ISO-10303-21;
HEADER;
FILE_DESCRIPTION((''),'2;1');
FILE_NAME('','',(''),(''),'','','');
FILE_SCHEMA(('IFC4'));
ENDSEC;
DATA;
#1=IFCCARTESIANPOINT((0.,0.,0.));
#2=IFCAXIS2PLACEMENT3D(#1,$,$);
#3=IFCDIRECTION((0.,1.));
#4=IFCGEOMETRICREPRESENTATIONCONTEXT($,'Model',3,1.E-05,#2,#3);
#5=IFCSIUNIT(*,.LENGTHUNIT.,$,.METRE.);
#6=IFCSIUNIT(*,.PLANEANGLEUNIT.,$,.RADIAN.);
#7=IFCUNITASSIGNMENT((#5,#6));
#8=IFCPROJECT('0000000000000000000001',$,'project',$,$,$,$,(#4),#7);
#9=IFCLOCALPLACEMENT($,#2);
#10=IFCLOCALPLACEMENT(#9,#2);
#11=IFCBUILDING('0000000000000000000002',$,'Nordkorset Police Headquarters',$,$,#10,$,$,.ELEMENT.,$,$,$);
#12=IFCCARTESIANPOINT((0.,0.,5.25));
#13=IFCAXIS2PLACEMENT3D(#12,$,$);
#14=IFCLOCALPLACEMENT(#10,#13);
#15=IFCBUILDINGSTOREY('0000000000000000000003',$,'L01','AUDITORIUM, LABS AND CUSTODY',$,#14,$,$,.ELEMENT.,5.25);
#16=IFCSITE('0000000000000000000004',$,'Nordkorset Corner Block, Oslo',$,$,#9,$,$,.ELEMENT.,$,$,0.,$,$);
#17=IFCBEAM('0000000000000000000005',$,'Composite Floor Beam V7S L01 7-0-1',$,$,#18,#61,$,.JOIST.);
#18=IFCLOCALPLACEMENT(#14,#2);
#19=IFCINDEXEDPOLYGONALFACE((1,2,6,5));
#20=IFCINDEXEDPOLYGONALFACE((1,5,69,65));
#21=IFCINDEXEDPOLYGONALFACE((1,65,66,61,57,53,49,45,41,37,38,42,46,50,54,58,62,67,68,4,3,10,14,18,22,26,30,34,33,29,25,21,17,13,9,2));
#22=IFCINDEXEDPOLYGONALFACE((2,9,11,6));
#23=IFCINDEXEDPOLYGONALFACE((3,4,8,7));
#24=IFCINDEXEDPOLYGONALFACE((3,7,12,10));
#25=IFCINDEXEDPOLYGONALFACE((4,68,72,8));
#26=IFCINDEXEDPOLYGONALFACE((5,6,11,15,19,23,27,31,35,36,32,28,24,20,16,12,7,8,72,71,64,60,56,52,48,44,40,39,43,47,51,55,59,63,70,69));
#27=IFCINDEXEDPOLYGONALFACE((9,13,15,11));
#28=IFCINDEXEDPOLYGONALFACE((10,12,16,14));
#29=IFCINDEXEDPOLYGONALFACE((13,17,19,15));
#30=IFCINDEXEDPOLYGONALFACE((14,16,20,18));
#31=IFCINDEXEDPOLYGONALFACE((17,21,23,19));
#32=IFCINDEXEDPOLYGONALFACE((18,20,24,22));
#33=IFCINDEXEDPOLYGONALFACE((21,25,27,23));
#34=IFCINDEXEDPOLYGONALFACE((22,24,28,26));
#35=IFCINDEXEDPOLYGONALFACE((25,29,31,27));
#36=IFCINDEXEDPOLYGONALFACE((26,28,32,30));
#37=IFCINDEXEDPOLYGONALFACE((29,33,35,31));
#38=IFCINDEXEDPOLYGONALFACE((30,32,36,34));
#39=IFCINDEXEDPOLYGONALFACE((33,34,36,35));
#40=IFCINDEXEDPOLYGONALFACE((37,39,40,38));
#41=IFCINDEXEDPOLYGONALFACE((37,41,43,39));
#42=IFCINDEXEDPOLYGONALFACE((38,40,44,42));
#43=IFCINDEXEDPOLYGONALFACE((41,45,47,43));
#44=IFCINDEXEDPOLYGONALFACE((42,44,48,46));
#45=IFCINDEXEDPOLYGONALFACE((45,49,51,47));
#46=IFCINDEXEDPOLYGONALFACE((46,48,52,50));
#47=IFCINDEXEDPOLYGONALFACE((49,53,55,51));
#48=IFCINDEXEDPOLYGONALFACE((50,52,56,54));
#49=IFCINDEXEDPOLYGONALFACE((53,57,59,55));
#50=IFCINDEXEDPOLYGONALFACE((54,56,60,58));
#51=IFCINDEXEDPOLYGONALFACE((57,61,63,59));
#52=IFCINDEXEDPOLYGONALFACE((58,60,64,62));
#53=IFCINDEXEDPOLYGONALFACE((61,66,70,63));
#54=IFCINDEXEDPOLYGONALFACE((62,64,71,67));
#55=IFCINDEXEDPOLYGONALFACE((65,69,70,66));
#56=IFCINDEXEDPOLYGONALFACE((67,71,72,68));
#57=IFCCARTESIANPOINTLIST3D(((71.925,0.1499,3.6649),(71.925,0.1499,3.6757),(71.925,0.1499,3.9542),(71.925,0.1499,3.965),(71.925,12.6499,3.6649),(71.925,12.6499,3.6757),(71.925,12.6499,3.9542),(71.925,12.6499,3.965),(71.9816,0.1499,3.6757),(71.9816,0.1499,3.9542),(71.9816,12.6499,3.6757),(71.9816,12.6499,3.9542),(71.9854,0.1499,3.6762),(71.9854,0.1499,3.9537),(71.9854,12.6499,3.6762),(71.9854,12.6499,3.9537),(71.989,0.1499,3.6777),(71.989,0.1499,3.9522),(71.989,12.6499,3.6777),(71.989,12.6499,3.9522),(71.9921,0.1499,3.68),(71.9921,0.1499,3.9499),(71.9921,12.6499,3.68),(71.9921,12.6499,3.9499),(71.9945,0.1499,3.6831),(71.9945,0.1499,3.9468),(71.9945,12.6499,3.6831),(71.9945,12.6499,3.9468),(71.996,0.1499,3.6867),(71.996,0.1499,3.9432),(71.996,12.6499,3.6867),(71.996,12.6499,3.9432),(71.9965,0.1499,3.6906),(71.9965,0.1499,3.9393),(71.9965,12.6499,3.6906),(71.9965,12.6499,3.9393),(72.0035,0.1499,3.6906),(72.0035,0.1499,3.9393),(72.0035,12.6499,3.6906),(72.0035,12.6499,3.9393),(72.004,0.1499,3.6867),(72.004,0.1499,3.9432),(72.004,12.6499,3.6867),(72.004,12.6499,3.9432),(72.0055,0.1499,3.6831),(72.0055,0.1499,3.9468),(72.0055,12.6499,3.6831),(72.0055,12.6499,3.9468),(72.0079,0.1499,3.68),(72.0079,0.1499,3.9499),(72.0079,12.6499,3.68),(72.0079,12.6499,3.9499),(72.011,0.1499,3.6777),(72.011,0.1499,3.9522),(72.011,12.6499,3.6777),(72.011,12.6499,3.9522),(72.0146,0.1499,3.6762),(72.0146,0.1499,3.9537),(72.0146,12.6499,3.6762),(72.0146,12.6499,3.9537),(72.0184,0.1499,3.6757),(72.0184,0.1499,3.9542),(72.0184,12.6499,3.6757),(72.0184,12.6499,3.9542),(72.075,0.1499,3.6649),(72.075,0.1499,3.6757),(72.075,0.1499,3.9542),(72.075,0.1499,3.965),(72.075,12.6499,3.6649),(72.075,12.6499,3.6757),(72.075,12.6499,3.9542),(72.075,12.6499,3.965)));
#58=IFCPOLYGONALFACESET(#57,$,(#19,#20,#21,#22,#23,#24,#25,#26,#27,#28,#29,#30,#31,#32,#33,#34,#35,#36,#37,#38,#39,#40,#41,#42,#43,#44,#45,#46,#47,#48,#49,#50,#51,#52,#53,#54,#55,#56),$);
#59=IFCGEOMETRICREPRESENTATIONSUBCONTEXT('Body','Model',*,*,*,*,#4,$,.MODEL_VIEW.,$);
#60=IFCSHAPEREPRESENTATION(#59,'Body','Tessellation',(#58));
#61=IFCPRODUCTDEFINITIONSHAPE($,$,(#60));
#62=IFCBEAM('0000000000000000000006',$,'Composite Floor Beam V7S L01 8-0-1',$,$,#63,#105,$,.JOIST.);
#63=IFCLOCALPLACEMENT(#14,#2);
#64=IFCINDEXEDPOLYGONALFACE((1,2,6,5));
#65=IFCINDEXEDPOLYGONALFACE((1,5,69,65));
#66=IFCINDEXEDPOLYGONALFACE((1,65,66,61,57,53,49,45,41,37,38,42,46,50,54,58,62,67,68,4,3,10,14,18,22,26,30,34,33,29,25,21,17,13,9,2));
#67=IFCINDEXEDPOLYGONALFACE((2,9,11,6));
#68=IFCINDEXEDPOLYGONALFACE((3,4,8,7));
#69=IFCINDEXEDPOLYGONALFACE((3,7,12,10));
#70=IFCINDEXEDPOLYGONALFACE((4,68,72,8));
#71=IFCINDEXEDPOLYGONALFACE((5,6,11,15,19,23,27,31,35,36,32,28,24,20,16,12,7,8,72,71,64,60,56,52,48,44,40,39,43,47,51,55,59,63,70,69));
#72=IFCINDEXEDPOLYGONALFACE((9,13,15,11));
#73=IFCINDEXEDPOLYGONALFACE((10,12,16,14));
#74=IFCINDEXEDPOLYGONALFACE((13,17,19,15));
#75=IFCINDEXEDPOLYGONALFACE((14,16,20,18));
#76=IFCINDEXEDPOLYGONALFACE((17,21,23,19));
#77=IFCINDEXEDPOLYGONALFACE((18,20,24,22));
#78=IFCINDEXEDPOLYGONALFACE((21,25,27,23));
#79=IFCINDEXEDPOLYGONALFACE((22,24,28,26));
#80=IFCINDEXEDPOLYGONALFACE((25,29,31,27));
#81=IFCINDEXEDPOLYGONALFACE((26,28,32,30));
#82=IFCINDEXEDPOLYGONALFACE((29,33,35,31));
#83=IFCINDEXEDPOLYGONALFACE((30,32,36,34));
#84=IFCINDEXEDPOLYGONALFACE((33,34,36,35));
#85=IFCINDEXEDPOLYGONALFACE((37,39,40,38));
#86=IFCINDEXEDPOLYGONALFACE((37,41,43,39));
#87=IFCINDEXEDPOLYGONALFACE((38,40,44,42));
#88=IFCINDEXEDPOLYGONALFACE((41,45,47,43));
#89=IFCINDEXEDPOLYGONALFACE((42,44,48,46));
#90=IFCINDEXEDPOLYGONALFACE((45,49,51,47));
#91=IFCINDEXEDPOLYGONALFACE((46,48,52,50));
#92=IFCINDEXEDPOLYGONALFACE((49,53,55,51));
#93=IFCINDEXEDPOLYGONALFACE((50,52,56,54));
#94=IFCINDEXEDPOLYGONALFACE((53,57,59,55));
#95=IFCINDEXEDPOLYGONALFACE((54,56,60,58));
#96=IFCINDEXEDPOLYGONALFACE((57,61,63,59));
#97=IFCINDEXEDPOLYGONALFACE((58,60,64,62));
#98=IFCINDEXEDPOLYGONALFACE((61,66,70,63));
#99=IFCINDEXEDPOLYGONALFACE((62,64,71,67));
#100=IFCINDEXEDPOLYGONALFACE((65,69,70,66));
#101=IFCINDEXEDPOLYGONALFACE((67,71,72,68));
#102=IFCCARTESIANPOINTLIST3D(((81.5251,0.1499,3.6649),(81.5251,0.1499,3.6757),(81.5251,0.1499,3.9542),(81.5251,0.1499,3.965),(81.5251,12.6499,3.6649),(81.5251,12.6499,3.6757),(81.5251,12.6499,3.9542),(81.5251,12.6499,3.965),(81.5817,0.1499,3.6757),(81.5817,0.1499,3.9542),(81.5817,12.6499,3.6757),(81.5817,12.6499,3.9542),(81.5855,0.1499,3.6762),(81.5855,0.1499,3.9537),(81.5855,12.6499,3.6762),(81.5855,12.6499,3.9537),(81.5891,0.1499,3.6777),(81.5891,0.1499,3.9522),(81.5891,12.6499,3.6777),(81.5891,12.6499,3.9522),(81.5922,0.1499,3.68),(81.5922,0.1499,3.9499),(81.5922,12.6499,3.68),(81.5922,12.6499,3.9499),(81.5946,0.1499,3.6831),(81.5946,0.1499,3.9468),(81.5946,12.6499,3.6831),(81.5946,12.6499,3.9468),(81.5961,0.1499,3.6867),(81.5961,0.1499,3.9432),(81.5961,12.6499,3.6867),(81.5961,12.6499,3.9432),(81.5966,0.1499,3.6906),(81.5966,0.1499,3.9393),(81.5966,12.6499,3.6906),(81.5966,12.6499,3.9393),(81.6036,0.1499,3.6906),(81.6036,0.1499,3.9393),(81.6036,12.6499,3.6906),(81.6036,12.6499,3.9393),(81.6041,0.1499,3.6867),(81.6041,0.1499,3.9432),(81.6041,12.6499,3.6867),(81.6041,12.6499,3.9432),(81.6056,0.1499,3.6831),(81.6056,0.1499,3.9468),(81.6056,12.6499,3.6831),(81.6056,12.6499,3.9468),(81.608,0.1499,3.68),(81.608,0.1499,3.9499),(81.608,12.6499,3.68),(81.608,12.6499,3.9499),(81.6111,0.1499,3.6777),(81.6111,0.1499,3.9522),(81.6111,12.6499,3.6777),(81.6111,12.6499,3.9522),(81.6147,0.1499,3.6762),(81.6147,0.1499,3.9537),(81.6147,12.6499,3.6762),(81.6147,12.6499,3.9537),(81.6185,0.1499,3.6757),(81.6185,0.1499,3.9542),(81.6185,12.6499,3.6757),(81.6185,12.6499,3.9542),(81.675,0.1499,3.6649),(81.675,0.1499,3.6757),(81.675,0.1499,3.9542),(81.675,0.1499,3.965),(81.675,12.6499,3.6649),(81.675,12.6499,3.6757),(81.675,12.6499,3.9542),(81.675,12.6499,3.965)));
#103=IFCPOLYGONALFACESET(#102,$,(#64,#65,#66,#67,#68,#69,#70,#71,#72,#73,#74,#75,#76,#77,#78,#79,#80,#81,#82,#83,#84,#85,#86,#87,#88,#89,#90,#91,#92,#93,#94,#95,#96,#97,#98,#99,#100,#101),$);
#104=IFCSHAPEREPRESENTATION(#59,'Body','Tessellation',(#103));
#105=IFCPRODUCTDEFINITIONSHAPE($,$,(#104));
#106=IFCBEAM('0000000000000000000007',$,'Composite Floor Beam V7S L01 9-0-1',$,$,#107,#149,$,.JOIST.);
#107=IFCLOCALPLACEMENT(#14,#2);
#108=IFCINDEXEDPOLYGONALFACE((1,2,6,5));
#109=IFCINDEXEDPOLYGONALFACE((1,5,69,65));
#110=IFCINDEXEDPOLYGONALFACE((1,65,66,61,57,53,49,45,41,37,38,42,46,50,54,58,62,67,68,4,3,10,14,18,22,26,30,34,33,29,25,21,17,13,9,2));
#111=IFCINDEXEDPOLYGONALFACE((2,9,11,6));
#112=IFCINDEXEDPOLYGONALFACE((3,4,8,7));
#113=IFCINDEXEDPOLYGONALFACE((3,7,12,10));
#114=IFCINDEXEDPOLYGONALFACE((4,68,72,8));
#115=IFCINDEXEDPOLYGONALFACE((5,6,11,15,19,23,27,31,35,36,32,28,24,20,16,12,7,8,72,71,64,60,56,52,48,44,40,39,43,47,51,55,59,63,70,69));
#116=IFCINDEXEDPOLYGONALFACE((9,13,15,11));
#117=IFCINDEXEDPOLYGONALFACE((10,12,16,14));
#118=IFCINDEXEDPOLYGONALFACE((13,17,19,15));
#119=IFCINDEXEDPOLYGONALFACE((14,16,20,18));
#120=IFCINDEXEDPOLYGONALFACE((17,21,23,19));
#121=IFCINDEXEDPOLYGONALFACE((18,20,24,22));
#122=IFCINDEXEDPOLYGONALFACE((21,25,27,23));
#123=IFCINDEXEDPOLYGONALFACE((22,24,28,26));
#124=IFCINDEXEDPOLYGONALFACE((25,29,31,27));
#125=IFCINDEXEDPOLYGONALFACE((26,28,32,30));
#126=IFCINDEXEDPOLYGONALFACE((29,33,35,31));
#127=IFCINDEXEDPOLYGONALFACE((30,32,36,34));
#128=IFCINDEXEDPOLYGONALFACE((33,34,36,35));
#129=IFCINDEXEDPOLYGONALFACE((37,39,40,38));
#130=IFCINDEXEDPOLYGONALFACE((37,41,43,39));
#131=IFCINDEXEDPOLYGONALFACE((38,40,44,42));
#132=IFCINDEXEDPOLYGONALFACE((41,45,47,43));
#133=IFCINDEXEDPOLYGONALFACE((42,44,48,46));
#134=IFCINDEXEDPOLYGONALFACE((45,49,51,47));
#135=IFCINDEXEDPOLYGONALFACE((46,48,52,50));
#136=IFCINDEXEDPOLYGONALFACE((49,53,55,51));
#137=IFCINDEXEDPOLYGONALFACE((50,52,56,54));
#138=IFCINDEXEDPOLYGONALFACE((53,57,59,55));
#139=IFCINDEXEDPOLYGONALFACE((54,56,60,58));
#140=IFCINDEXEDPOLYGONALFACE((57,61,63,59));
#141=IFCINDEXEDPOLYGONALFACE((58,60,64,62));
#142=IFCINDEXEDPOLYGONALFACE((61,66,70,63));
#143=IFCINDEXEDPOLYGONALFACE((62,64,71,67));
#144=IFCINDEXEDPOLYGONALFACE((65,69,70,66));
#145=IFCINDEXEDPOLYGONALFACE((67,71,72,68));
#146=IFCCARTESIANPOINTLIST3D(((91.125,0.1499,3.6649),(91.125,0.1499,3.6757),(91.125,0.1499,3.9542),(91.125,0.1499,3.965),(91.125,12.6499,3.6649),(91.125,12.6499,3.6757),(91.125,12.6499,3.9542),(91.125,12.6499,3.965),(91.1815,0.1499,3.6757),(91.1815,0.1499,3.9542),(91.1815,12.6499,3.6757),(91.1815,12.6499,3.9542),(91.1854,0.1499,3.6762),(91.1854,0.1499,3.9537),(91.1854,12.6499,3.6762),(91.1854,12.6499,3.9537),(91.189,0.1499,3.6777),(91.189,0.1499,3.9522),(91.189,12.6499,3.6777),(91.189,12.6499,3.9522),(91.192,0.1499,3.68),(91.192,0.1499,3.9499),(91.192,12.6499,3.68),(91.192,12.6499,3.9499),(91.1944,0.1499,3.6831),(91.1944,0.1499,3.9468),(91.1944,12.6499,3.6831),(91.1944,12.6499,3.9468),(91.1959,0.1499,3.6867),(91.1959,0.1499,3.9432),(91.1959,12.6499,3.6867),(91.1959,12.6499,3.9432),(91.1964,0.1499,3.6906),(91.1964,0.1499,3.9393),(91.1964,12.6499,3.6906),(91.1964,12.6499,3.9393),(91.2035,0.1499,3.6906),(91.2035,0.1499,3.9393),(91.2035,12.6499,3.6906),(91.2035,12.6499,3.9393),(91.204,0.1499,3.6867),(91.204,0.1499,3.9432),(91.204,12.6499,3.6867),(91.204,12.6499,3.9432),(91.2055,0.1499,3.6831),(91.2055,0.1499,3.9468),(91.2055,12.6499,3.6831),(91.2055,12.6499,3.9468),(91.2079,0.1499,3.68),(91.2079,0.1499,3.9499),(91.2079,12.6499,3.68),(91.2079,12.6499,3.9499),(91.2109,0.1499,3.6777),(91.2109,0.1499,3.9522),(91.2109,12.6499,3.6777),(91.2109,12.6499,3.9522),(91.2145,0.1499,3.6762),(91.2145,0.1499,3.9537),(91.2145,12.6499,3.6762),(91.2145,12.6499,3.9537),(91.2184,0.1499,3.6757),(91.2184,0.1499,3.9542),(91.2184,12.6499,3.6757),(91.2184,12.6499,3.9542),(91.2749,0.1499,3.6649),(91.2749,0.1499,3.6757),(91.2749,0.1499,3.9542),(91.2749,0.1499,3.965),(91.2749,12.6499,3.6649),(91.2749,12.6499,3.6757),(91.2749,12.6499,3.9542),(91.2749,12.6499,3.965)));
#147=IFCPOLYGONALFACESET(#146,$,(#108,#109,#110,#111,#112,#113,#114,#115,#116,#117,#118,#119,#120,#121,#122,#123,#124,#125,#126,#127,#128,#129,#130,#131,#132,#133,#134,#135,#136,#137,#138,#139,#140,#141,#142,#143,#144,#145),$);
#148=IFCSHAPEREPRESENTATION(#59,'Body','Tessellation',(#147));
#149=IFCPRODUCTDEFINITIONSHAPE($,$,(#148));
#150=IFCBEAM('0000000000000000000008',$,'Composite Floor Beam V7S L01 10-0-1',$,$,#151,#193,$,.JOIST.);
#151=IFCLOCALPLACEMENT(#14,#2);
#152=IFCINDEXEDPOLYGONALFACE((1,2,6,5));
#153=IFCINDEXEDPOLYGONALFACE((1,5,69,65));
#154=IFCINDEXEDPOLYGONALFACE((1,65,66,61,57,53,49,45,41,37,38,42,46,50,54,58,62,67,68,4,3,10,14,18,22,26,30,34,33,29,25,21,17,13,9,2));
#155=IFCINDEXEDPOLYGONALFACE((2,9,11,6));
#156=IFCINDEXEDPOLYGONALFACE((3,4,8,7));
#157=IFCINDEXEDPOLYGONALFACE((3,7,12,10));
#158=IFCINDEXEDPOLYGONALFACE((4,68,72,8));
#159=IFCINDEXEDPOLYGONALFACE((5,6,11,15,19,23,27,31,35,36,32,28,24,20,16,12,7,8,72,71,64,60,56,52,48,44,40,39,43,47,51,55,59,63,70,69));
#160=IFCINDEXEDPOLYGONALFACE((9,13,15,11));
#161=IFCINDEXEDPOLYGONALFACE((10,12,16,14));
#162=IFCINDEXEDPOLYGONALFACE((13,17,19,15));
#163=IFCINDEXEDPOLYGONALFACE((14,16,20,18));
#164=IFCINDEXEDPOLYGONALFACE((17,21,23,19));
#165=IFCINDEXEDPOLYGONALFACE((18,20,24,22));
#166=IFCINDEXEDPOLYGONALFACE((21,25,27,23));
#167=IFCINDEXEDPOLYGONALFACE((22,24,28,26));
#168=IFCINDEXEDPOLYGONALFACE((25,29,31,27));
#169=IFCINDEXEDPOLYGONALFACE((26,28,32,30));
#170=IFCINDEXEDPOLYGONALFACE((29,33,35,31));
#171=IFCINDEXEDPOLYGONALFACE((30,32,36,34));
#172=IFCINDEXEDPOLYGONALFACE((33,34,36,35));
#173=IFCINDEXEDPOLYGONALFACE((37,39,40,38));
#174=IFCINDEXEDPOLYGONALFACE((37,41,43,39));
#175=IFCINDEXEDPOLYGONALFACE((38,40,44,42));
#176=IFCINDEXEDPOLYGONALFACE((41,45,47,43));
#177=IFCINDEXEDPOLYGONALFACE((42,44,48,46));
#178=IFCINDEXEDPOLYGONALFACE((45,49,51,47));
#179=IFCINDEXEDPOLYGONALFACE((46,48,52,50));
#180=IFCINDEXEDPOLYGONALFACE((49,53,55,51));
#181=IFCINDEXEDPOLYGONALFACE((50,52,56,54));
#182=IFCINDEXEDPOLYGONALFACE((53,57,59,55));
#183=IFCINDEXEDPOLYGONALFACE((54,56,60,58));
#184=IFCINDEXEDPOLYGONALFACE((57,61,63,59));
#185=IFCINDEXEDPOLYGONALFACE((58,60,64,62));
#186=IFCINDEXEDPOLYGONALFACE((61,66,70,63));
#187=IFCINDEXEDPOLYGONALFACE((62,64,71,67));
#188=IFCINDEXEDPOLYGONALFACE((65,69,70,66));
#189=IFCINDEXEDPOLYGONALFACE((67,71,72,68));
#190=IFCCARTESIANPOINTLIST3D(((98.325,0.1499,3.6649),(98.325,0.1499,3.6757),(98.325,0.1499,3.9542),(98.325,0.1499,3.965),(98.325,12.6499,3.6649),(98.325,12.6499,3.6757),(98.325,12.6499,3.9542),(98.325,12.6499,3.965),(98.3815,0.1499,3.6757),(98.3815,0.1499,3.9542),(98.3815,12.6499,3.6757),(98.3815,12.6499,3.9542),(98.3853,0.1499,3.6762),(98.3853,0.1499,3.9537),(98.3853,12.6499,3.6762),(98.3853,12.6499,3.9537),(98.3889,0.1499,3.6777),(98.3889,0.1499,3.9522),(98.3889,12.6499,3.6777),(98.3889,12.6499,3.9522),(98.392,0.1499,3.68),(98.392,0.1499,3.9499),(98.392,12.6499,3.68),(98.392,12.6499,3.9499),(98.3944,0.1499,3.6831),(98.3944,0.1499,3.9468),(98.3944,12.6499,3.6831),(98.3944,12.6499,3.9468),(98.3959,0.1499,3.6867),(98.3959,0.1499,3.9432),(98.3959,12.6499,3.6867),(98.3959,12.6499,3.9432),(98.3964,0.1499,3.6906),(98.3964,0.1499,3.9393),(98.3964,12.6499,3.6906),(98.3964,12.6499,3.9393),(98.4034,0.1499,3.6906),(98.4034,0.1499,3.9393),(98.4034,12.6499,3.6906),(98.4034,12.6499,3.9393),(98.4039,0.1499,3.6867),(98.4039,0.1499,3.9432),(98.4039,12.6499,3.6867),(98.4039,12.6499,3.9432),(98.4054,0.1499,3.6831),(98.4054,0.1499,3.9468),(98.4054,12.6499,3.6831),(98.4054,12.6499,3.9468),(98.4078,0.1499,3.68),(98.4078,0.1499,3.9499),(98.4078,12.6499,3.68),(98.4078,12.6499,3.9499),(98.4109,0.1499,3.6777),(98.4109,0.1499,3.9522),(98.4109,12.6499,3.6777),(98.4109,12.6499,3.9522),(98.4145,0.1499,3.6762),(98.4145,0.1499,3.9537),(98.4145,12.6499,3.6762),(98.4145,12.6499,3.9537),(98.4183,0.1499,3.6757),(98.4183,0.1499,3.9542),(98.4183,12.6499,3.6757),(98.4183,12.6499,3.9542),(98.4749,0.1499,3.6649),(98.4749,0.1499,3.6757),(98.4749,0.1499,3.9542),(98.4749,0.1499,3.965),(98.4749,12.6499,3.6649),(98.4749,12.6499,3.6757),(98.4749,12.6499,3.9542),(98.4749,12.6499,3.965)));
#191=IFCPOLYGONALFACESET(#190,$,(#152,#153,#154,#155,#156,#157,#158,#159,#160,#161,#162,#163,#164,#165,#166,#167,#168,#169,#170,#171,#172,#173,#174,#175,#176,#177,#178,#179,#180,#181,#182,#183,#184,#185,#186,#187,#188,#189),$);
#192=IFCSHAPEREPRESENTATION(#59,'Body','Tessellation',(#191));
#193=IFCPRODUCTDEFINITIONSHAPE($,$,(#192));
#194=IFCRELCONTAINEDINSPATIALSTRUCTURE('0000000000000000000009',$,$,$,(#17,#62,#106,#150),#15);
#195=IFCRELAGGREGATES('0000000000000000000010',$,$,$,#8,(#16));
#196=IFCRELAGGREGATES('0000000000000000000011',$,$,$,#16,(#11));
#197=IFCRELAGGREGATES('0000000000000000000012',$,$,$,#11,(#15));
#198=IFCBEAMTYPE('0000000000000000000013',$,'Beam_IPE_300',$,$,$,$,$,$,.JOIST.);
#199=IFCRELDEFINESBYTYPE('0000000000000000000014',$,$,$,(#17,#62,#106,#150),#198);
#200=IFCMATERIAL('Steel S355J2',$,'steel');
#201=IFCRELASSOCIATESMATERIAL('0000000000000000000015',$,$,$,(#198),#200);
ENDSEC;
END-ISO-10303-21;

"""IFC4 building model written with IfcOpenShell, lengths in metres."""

from ifc_helpers import new_model, si_unit, direction, frame, origin, origin_2d, place, context, subcontext, project, spatial, i_section, extrude, material, material_profile, profile_set, type_object, element, save


model = new_model("IFC4")

# Units and contexts
model_context = context("Model", 3, precision=1e-05, world=origin(), true_north=direction((0.0, 1.0)))
body_context = subcontext(model_context, "Body", "Model", "MODEL_VIEW")
ifc_project = project(units=[si_unit("LENGTHUNIT", "METRE"), si_unit("PLANEANGLEUNIT", "RADIAN")], contexts=[model_context])

# Site, building, storey
site_placement = place(None, origin())
site = spatial("IfcSite", under=ifc_project, at=site_placement, Name="Nordkorset Corner Block, Oslo", CompositionType="ELEMENT", RefElevation=0.0)
building_placement = place(site_placement, origin())
building = spatial("IfcBuilding", under=site, at=building_placement, Name="Nordkorset Police Headquarters", CompositionType="ELEMENT")
storey_placement = place(building_placement, frame((0.0, 0.0, 5.25)))
storey = spatial("IfcBuildingStorey", under=building, at=storey_placement, Name="L01", Description="AUDITORIUM, LABS AND CUSTODY", CompositionType="ELEMENT", Elevation=5.25)

# Beams
ifc_material_1 = material(Name="Steel S355J2", Category="steel")
ifc_material_profile_1 = material_profile(ifc_material_1, i_section(OverallWidth=0.1499, OverallDepth=0.3, WebThickness=0.0071, FlangeThickness=0.0107, FilletRadius=0.0149, at=origin_2d()), Name="IPE 300")
ifc_profile_set_1 = profile_set([ifc_material_profile_1], Name="Steel S355J2")
beam_type_1 = type_object("IfcBeamType", Name="Beam_IPE_300", PredefinedType="JOIST", material=ifc_profile_set_1)
for number, where, z_axis, x_axis, name in (
    (1, (72.0, 0.1499, 3.8149), (0.0, 1.0, 0.0), (-1.0, 0.0, 0.0), "Composite Floor Beam V7S L01 7-0-1"),
    (2, (81.6001, 0.1499, 3.8149), (0.0, 1.0, 0.0), (-1.0, 0.0, 0.0), "Composite Floor Beam V7S L01 8-0-1"),
    (3, (91.2, 0.1499, 3.8149), (0.0, 1.0, 0.0), (-1.0, 0.0, 0.0), "Composite Floor Beam V7S L01 9-0-1"),
    (4, (98.3999, 0.1499, 3.8149), (0.0, 1.0, 0.0), (-1.0, 0.0, 0.0), "Composite Floor Beam V7S L01 10-0-1"),
):
    element("IfcBeam", number, at=place(storey_placement, frame(where, z_axis=z_axis, x_axis=x_axis)), inside=storey, type_object=beam_type_1, Name=name, PredefinedType="JOIST", context=body_context, shape_type="SweptSolid", body=[
        extrude(i_section(OverallWidth=0.1499, OverallDepth=0.3, WebThickness=0.0071, FlangeThickness=0.0107, FilletRadius=0.0149, at=origin_2d()), origin(), (0.0, 0.0, 1.0), 12.5),
    ])

save(model, "model.ifc")
